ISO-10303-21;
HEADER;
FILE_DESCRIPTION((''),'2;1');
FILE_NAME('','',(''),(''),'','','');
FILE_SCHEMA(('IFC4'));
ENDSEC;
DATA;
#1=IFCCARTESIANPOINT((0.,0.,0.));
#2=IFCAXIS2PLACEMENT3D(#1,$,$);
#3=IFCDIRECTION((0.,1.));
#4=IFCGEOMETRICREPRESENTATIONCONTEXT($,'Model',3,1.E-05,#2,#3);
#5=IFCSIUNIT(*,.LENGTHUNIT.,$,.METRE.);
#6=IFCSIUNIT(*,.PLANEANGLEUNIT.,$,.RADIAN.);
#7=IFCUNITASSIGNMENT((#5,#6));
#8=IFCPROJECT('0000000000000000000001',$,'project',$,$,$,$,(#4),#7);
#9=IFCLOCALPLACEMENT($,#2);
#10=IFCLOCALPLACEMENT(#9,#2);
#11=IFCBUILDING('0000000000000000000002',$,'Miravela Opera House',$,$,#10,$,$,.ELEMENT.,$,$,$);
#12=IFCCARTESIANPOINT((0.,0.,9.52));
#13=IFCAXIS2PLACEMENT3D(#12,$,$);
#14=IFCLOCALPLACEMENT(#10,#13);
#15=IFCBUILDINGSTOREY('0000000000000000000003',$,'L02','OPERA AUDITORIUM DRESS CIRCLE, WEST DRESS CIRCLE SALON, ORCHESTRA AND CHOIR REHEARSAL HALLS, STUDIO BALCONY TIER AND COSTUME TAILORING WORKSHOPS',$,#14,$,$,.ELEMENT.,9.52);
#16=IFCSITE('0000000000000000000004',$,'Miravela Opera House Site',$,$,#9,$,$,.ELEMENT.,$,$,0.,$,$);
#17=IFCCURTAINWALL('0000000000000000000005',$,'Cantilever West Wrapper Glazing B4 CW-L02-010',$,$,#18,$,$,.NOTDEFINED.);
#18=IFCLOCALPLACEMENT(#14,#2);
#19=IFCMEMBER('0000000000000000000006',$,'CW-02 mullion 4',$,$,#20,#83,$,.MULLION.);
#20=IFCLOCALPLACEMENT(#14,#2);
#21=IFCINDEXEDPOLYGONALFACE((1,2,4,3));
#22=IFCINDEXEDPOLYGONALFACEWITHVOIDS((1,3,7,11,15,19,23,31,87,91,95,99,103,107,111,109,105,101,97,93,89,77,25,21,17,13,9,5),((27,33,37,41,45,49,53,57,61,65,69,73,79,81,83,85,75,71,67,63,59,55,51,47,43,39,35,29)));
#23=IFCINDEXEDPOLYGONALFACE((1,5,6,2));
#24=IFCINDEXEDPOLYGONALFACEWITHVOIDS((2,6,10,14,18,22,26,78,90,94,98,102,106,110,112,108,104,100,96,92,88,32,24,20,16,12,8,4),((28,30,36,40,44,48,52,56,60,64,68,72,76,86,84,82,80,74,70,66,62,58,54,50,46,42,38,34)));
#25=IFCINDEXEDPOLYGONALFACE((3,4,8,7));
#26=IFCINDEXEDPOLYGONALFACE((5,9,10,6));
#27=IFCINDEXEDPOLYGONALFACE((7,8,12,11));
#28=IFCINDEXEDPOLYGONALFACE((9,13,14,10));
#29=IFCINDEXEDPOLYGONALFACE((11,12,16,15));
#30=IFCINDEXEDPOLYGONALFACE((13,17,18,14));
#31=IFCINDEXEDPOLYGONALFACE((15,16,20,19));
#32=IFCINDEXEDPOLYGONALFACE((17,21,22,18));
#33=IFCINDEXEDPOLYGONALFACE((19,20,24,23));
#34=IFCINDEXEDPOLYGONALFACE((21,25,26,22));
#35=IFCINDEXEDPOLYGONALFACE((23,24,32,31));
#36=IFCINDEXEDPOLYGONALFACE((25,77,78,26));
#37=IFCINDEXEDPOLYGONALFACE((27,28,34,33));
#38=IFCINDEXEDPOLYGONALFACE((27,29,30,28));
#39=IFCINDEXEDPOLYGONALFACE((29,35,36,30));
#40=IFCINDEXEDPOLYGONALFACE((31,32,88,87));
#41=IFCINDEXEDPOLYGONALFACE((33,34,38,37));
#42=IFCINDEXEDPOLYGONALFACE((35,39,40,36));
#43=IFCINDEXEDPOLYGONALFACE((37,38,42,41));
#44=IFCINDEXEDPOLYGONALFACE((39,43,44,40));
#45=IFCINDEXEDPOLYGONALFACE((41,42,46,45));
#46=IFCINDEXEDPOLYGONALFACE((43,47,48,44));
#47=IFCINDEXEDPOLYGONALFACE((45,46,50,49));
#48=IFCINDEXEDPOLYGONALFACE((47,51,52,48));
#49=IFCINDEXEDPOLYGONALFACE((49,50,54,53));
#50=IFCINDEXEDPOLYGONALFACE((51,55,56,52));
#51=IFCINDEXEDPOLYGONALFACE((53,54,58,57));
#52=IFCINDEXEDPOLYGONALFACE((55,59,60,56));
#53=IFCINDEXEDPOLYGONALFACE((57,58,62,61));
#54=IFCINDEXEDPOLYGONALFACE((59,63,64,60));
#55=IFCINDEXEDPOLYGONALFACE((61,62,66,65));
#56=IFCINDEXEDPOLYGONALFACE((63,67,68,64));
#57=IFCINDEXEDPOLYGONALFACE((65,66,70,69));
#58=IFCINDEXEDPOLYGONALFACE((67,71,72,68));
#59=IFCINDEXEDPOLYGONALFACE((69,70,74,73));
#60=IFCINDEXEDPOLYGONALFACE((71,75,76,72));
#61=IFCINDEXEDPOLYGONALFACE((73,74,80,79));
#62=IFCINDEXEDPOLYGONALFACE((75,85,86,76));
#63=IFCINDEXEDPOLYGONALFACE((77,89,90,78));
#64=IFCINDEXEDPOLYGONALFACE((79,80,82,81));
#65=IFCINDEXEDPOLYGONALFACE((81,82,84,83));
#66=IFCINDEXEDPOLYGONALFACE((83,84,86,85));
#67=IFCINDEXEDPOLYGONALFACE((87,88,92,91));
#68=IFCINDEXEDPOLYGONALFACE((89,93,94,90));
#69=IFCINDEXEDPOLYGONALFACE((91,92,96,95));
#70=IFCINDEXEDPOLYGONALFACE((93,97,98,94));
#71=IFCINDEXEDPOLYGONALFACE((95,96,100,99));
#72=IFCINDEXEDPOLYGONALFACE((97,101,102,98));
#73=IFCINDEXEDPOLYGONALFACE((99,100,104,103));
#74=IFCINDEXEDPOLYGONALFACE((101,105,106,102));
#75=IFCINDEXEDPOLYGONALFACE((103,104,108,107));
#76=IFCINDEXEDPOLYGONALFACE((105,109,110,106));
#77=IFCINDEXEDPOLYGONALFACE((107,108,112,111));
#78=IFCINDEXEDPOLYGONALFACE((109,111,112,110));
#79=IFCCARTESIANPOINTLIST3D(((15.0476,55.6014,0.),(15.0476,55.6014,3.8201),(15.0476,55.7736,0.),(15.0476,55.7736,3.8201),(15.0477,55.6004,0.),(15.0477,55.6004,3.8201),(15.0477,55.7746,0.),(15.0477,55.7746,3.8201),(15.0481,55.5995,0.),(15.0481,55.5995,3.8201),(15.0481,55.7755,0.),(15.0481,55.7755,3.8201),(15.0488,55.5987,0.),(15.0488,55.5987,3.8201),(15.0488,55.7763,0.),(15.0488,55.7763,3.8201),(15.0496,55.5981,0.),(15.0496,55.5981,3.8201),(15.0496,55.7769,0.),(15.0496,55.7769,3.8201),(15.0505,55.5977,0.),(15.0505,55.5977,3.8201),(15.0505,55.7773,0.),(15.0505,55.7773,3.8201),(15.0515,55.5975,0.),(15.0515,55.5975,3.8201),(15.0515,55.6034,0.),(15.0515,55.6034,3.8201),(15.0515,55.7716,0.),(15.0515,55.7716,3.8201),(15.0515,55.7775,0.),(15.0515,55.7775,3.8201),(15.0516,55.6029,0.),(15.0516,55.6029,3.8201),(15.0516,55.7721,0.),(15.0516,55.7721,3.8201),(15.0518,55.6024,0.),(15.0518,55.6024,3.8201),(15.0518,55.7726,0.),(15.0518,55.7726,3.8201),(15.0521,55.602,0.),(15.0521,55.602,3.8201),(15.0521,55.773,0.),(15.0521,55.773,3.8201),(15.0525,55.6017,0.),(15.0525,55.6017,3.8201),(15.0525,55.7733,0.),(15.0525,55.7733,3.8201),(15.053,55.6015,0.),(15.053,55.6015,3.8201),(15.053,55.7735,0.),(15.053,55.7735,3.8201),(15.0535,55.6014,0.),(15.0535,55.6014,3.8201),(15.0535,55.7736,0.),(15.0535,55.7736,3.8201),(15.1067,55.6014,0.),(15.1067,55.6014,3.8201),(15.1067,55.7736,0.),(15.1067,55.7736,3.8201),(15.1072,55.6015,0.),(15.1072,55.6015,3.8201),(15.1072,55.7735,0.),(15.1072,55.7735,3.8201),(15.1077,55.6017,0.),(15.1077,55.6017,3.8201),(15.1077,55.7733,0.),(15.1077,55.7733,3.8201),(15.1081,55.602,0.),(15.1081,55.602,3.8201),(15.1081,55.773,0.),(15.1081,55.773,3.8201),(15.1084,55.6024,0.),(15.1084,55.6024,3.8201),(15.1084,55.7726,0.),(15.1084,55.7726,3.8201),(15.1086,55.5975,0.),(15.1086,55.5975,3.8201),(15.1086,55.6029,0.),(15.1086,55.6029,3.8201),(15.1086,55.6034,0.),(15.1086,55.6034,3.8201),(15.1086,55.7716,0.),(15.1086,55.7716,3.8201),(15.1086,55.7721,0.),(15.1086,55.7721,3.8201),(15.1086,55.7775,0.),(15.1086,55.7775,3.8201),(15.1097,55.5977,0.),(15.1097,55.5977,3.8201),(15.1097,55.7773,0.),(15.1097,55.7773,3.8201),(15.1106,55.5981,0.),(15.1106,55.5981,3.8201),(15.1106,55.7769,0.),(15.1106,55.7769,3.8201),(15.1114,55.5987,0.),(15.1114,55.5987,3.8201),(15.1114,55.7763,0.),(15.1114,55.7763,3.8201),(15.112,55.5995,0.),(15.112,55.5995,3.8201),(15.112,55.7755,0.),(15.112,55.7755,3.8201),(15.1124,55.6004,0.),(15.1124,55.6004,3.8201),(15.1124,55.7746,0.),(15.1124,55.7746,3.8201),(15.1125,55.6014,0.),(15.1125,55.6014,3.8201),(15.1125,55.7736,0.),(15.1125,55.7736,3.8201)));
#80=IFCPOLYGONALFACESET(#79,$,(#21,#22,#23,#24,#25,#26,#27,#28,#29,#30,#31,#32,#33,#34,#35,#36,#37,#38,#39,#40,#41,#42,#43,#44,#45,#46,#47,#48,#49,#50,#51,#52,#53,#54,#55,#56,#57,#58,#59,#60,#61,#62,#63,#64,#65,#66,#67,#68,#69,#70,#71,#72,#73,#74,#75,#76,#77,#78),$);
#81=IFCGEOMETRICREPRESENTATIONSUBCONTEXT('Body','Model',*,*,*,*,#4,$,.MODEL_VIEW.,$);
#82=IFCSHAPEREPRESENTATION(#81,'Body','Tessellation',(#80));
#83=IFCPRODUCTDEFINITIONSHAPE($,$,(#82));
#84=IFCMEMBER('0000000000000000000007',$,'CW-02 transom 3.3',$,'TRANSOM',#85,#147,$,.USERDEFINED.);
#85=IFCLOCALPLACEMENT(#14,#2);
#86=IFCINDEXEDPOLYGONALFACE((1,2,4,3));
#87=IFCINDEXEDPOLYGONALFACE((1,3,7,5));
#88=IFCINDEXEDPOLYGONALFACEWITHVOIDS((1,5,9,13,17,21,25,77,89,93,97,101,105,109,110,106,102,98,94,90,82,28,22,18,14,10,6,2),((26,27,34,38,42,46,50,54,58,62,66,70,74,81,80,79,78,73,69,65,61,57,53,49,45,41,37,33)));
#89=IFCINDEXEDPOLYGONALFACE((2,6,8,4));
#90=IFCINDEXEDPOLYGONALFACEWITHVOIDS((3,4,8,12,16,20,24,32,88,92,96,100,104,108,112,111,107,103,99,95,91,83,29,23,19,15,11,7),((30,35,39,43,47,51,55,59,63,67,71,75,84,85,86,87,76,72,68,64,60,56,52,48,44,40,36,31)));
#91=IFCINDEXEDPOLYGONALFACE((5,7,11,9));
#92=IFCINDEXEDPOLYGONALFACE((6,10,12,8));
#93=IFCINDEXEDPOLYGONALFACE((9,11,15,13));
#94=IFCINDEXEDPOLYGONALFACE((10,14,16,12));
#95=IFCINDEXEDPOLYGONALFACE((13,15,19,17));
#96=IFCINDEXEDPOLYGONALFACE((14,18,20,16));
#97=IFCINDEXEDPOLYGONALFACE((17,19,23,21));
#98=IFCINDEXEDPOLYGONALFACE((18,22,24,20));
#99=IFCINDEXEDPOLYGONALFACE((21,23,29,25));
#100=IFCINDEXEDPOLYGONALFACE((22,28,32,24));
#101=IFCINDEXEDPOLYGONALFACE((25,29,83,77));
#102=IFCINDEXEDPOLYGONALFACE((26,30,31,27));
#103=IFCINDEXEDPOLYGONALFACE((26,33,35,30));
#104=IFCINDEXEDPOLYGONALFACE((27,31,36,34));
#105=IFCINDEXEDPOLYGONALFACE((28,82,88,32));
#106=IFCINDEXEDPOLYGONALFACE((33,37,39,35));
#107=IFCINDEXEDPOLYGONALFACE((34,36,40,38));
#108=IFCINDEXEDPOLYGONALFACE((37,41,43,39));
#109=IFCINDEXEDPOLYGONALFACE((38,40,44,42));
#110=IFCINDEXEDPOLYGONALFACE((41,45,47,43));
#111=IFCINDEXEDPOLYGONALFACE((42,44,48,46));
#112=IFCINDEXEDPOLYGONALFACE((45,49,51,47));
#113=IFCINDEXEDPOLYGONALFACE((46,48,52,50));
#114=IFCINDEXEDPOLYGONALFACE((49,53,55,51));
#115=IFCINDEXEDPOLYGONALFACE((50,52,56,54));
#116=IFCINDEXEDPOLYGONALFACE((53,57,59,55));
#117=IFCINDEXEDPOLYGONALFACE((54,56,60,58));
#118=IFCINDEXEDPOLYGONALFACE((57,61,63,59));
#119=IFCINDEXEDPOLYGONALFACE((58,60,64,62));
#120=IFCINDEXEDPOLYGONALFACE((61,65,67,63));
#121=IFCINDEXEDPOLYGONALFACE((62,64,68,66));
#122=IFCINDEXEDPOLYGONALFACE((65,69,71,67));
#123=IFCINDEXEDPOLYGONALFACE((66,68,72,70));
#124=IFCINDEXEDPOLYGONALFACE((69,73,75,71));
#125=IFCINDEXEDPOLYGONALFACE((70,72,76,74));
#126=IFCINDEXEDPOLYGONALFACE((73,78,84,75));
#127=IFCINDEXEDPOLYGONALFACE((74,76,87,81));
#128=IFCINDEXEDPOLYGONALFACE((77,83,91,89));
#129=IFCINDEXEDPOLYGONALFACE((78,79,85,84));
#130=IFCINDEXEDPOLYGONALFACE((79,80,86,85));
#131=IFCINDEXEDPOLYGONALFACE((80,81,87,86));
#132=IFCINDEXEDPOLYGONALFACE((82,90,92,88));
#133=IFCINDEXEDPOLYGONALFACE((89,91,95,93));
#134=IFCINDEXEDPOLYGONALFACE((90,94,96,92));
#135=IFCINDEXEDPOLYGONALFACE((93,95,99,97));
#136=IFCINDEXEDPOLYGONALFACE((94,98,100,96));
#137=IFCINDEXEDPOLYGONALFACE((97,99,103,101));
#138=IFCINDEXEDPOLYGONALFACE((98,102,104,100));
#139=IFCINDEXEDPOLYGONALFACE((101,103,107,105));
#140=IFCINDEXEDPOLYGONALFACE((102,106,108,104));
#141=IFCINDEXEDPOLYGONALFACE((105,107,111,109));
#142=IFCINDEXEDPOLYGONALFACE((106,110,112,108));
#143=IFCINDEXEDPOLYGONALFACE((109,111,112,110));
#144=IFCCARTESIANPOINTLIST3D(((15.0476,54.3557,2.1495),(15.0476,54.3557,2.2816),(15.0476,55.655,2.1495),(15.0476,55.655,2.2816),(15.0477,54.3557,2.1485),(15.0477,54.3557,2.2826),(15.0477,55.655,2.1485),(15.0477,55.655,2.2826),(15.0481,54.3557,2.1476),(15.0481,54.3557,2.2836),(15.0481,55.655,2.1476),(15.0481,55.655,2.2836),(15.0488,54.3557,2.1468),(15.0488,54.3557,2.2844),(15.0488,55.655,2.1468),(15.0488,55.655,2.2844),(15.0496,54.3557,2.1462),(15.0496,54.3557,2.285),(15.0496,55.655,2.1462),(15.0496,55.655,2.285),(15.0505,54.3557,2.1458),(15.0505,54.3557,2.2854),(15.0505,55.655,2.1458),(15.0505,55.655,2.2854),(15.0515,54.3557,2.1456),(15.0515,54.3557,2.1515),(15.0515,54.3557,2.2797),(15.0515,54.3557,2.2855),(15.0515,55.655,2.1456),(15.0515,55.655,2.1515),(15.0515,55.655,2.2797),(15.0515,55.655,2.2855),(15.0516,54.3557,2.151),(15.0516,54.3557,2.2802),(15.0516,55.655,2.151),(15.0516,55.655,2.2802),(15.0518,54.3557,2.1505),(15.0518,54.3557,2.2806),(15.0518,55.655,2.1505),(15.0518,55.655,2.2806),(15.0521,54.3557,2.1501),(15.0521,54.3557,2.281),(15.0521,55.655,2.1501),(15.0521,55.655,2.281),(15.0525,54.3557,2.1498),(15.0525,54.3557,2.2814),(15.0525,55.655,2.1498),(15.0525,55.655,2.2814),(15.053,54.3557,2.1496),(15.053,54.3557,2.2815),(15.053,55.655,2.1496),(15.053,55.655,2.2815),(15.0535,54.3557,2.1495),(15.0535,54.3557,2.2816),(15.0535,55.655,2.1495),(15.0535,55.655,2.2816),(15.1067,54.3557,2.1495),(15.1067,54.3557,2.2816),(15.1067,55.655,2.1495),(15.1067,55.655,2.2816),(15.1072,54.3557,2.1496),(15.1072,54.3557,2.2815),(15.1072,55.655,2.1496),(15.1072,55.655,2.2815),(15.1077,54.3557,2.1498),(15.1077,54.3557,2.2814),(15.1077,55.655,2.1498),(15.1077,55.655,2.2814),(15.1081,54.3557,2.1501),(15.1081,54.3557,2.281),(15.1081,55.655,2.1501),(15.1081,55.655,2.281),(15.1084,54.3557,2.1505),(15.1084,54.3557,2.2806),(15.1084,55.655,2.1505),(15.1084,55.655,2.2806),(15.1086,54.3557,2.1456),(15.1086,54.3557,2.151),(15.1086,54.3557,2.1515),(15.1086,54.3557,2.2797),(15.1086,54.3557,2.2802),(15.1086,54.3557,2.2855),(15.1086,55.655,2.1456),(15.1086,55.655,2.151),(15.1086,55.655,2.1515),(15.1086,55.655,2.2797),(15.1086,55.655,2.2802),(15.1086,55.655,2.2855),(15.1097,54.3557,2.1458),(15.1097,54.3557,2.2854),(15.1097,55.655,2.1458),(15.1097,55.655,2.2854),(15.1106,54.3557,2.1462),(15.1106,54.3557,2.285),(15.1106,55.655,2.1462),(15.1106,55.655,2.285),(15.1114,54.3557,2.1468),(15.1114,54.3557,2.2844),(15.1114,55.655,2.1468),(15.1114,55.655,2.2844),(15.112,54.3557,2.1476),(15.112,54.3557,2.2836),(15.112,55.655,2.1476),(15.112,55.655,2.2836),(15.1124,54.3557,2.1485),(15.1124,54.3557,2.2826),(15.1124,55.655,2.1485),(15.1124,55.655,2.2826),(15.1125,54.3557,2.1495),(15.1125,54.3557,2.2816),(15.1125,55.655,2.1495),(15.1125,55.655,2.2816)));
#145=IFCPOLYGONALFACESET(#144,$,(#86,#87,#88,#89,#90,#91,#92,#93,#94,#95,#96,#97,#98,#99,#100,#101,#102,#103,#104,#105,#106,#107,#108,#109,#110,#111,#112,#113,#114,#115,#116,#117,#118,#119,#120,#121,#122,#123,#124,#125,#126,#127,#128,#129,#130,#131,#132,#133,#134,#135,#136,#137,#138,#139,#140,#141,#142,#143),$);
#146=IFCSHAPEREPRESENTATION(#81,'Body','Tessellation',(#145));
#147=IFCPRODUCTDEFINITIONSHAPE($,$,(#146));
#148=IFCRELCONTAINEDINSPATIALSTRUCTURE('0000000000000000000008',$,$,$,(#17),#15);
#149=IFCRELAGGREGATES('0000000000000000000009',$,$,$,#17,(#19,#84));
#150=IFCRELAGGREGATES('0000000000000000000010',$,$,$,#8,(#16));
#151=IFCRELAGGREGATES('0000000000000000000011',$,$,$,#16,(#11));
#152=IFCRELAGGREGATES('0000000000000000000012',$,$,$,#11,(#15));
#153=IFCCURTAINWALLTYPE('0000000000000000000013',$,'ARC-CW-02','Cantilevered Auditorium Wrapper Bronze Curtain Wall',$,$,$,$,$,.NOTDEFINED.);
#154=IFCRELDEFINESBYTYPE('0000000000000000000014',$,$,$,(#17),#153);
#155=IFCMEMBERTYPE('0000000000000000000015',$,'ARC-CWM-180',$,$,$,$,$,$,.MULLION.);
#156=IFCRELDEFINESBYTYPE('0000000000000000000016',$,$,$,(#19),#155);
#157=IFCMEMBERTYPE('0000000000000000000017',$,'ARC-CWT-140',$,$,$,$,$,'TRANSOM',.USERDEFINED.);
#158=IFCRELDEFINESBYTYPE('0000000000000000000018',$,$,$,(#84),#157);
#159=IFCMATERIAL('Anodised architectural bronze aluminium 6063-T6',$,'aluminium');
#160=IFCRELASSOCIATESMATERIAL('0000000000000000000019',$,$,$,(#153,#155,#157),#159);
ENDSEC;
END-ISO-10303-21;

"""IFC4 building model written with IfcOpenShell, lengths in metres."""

from ifc_helpers import new_model, si_unit, direction, frame, origin, origin_2d, place, context, subcontext, project, spatial, hollow_rectangle, extrude, material, material_profile, profile_set, type_object, element, aggregate, save


model = new_model("IFC4")

# Units and contexts
model_context = context("Model", 3, precision=1e-05, world=origin(), true_north=direction((0.0, 1.0)))
body_context = subcontext(model_context, "Body", "Model", "MODEL_VIEW")
ifc_project = project(units=[si_unit("LENGTHUNIT", "METRE"), si_unit("PLANEANGLEUNIT", "RADIAN")], contexts=[model_context])

# Site, building, storey
site_placement = place(None, origin())
site = spatial("IfcSite", under=ifc_project, at=site_placement, Name="Miravela Opera House Site", CompositionType="ELEMENT", RefElevation=0.0)
building_placement = place(site_placement, origin())
building = spatial("IfcBuilding", under=site, at=building_placement, Name="Miravela Opera House", CompositionType="ELEMENT")
storey_placement = place(building_placement, frame((0.0, 0.0, 9.52)))
storey = spatial("IfcBuildingStorey", under=building, at=storey_placement, Name="L02", Description="OPERA AUDITORIUM DRESS CIRCLE, WEST DRESS CIRCLE SALON, ORCHESTRA AND CHOIR REHEARSAL HALLS, STUDIO BALCONY TIER AND COSTUME TAILORING WORKSHOPS", CompositionType="ELEMENT", Elevation=9.52)

# Curtain wall, members
ifc_material_1 = material(Name="Anodised architectural bronze aluminium 6063-T6", Category="aluminium")
curtain_wall_type = type_object("IfcCurtainWallType", Name="ARC-CW-02", Description="Cantilevered Auditorium Wrapper Bronze Curtain Wall", PredefinedType="NOTDEFINED", material=ifc_material_1)
curtain_wall_placement = place(storey_placement, origin())
curtain_wall = element("IfcCurtainWall", 1, at=curtain_wall_placement, inside=storey, type_object=curtain_wall_type, Name="Cantilever West Wrapper Glazing B4 CW-L02-010", PredefinedType="NOTDEFINED")
ifc_material_profile_1 = material_profile(ifc_material_1, hollow_rectangle(XDim=0.0649, YDim=0.1799, WallThickness=0.0039, InnerFilletRadius=0.002, OuterFilletRadius=0.0039, at=origin_2d()), Name="CWM-65X180")
ifc_profile_set_1 = profile_set([ifc_material_profile_1])
member_type_1 = type_object("IfcMemberType", Name="ARC-CWM-180", PredefinedType="MULLION", material=ifc_profile_set_1)
member_1_placement = place(storey_placement, frame((15.0801, 55.6875, 0.0), z_axis=(0.0, 0.0, 1.0), x_axis=(-1.0, 0.0, 0.0)))
member_1 = element("IfcMember", 2, at=member_1_placement, type_object=member_type_1, Name="CW-02 mullion 4", PredefinedType="MULLION", context=body_context, shape_type="SweptSolid", body=[
    extrude(hollow_rectangle(XDim=0.0649, YDim=0.1799, WallThickness=0.0039, InnerFilletRadius=0.002, OuterFilletRadius=0.0039, at=origin_2d()), origin(), (0.0, 0.0, 1.0), 3.8201),
])
ifc_material_profile_2 = material_profile(ifc_material_1, hollow_rectangle(XDim=0.0649, YDim=0.1399, WallThickness=0.0039, InnerFilletRadius=0.002, OuterFilletRadius=0.0039, at=origin_2d()), Name="CWT-65X140")
ifc_profile_set_2 = profile_set([ifc_material_profile_2])
member_type_2 = type_object("IfcMemberType", Name="ARC-CWT-140", ElementType="TRANSOM", PredefinedType="USERDEFINED", material=ifc_profile_set_2)
member_2_placement = place(storey_placement, frame((15.0801, 54.3557, 2.2156), z_axis=(0.0, 1.0, 0.0), x_axis=(-1.0, 0.0, 0.0)))
member_2 = element("IfcMember", 3, at=member_2_placement, type_object=member_type_2, Name="CW-02 transom 3.3", ObjectType="TRANSOM", PredefinedType="USERDEFINED", context=body_context, shape_type="SweptSolid", body=[
    extrude(hollow_rectangle(XDim=0.0649, YDim=0.1399, WallThickness=0.0039, InnerFilletRadius=0.002, OuterFilletRadius=0.0039, at=origin_2d()), origin(), (0.0, 0.0, 1.0), 1.2993),
])

aggregate(curtain_wall, [member_1, member_2])

save(model, "model.ifc")
